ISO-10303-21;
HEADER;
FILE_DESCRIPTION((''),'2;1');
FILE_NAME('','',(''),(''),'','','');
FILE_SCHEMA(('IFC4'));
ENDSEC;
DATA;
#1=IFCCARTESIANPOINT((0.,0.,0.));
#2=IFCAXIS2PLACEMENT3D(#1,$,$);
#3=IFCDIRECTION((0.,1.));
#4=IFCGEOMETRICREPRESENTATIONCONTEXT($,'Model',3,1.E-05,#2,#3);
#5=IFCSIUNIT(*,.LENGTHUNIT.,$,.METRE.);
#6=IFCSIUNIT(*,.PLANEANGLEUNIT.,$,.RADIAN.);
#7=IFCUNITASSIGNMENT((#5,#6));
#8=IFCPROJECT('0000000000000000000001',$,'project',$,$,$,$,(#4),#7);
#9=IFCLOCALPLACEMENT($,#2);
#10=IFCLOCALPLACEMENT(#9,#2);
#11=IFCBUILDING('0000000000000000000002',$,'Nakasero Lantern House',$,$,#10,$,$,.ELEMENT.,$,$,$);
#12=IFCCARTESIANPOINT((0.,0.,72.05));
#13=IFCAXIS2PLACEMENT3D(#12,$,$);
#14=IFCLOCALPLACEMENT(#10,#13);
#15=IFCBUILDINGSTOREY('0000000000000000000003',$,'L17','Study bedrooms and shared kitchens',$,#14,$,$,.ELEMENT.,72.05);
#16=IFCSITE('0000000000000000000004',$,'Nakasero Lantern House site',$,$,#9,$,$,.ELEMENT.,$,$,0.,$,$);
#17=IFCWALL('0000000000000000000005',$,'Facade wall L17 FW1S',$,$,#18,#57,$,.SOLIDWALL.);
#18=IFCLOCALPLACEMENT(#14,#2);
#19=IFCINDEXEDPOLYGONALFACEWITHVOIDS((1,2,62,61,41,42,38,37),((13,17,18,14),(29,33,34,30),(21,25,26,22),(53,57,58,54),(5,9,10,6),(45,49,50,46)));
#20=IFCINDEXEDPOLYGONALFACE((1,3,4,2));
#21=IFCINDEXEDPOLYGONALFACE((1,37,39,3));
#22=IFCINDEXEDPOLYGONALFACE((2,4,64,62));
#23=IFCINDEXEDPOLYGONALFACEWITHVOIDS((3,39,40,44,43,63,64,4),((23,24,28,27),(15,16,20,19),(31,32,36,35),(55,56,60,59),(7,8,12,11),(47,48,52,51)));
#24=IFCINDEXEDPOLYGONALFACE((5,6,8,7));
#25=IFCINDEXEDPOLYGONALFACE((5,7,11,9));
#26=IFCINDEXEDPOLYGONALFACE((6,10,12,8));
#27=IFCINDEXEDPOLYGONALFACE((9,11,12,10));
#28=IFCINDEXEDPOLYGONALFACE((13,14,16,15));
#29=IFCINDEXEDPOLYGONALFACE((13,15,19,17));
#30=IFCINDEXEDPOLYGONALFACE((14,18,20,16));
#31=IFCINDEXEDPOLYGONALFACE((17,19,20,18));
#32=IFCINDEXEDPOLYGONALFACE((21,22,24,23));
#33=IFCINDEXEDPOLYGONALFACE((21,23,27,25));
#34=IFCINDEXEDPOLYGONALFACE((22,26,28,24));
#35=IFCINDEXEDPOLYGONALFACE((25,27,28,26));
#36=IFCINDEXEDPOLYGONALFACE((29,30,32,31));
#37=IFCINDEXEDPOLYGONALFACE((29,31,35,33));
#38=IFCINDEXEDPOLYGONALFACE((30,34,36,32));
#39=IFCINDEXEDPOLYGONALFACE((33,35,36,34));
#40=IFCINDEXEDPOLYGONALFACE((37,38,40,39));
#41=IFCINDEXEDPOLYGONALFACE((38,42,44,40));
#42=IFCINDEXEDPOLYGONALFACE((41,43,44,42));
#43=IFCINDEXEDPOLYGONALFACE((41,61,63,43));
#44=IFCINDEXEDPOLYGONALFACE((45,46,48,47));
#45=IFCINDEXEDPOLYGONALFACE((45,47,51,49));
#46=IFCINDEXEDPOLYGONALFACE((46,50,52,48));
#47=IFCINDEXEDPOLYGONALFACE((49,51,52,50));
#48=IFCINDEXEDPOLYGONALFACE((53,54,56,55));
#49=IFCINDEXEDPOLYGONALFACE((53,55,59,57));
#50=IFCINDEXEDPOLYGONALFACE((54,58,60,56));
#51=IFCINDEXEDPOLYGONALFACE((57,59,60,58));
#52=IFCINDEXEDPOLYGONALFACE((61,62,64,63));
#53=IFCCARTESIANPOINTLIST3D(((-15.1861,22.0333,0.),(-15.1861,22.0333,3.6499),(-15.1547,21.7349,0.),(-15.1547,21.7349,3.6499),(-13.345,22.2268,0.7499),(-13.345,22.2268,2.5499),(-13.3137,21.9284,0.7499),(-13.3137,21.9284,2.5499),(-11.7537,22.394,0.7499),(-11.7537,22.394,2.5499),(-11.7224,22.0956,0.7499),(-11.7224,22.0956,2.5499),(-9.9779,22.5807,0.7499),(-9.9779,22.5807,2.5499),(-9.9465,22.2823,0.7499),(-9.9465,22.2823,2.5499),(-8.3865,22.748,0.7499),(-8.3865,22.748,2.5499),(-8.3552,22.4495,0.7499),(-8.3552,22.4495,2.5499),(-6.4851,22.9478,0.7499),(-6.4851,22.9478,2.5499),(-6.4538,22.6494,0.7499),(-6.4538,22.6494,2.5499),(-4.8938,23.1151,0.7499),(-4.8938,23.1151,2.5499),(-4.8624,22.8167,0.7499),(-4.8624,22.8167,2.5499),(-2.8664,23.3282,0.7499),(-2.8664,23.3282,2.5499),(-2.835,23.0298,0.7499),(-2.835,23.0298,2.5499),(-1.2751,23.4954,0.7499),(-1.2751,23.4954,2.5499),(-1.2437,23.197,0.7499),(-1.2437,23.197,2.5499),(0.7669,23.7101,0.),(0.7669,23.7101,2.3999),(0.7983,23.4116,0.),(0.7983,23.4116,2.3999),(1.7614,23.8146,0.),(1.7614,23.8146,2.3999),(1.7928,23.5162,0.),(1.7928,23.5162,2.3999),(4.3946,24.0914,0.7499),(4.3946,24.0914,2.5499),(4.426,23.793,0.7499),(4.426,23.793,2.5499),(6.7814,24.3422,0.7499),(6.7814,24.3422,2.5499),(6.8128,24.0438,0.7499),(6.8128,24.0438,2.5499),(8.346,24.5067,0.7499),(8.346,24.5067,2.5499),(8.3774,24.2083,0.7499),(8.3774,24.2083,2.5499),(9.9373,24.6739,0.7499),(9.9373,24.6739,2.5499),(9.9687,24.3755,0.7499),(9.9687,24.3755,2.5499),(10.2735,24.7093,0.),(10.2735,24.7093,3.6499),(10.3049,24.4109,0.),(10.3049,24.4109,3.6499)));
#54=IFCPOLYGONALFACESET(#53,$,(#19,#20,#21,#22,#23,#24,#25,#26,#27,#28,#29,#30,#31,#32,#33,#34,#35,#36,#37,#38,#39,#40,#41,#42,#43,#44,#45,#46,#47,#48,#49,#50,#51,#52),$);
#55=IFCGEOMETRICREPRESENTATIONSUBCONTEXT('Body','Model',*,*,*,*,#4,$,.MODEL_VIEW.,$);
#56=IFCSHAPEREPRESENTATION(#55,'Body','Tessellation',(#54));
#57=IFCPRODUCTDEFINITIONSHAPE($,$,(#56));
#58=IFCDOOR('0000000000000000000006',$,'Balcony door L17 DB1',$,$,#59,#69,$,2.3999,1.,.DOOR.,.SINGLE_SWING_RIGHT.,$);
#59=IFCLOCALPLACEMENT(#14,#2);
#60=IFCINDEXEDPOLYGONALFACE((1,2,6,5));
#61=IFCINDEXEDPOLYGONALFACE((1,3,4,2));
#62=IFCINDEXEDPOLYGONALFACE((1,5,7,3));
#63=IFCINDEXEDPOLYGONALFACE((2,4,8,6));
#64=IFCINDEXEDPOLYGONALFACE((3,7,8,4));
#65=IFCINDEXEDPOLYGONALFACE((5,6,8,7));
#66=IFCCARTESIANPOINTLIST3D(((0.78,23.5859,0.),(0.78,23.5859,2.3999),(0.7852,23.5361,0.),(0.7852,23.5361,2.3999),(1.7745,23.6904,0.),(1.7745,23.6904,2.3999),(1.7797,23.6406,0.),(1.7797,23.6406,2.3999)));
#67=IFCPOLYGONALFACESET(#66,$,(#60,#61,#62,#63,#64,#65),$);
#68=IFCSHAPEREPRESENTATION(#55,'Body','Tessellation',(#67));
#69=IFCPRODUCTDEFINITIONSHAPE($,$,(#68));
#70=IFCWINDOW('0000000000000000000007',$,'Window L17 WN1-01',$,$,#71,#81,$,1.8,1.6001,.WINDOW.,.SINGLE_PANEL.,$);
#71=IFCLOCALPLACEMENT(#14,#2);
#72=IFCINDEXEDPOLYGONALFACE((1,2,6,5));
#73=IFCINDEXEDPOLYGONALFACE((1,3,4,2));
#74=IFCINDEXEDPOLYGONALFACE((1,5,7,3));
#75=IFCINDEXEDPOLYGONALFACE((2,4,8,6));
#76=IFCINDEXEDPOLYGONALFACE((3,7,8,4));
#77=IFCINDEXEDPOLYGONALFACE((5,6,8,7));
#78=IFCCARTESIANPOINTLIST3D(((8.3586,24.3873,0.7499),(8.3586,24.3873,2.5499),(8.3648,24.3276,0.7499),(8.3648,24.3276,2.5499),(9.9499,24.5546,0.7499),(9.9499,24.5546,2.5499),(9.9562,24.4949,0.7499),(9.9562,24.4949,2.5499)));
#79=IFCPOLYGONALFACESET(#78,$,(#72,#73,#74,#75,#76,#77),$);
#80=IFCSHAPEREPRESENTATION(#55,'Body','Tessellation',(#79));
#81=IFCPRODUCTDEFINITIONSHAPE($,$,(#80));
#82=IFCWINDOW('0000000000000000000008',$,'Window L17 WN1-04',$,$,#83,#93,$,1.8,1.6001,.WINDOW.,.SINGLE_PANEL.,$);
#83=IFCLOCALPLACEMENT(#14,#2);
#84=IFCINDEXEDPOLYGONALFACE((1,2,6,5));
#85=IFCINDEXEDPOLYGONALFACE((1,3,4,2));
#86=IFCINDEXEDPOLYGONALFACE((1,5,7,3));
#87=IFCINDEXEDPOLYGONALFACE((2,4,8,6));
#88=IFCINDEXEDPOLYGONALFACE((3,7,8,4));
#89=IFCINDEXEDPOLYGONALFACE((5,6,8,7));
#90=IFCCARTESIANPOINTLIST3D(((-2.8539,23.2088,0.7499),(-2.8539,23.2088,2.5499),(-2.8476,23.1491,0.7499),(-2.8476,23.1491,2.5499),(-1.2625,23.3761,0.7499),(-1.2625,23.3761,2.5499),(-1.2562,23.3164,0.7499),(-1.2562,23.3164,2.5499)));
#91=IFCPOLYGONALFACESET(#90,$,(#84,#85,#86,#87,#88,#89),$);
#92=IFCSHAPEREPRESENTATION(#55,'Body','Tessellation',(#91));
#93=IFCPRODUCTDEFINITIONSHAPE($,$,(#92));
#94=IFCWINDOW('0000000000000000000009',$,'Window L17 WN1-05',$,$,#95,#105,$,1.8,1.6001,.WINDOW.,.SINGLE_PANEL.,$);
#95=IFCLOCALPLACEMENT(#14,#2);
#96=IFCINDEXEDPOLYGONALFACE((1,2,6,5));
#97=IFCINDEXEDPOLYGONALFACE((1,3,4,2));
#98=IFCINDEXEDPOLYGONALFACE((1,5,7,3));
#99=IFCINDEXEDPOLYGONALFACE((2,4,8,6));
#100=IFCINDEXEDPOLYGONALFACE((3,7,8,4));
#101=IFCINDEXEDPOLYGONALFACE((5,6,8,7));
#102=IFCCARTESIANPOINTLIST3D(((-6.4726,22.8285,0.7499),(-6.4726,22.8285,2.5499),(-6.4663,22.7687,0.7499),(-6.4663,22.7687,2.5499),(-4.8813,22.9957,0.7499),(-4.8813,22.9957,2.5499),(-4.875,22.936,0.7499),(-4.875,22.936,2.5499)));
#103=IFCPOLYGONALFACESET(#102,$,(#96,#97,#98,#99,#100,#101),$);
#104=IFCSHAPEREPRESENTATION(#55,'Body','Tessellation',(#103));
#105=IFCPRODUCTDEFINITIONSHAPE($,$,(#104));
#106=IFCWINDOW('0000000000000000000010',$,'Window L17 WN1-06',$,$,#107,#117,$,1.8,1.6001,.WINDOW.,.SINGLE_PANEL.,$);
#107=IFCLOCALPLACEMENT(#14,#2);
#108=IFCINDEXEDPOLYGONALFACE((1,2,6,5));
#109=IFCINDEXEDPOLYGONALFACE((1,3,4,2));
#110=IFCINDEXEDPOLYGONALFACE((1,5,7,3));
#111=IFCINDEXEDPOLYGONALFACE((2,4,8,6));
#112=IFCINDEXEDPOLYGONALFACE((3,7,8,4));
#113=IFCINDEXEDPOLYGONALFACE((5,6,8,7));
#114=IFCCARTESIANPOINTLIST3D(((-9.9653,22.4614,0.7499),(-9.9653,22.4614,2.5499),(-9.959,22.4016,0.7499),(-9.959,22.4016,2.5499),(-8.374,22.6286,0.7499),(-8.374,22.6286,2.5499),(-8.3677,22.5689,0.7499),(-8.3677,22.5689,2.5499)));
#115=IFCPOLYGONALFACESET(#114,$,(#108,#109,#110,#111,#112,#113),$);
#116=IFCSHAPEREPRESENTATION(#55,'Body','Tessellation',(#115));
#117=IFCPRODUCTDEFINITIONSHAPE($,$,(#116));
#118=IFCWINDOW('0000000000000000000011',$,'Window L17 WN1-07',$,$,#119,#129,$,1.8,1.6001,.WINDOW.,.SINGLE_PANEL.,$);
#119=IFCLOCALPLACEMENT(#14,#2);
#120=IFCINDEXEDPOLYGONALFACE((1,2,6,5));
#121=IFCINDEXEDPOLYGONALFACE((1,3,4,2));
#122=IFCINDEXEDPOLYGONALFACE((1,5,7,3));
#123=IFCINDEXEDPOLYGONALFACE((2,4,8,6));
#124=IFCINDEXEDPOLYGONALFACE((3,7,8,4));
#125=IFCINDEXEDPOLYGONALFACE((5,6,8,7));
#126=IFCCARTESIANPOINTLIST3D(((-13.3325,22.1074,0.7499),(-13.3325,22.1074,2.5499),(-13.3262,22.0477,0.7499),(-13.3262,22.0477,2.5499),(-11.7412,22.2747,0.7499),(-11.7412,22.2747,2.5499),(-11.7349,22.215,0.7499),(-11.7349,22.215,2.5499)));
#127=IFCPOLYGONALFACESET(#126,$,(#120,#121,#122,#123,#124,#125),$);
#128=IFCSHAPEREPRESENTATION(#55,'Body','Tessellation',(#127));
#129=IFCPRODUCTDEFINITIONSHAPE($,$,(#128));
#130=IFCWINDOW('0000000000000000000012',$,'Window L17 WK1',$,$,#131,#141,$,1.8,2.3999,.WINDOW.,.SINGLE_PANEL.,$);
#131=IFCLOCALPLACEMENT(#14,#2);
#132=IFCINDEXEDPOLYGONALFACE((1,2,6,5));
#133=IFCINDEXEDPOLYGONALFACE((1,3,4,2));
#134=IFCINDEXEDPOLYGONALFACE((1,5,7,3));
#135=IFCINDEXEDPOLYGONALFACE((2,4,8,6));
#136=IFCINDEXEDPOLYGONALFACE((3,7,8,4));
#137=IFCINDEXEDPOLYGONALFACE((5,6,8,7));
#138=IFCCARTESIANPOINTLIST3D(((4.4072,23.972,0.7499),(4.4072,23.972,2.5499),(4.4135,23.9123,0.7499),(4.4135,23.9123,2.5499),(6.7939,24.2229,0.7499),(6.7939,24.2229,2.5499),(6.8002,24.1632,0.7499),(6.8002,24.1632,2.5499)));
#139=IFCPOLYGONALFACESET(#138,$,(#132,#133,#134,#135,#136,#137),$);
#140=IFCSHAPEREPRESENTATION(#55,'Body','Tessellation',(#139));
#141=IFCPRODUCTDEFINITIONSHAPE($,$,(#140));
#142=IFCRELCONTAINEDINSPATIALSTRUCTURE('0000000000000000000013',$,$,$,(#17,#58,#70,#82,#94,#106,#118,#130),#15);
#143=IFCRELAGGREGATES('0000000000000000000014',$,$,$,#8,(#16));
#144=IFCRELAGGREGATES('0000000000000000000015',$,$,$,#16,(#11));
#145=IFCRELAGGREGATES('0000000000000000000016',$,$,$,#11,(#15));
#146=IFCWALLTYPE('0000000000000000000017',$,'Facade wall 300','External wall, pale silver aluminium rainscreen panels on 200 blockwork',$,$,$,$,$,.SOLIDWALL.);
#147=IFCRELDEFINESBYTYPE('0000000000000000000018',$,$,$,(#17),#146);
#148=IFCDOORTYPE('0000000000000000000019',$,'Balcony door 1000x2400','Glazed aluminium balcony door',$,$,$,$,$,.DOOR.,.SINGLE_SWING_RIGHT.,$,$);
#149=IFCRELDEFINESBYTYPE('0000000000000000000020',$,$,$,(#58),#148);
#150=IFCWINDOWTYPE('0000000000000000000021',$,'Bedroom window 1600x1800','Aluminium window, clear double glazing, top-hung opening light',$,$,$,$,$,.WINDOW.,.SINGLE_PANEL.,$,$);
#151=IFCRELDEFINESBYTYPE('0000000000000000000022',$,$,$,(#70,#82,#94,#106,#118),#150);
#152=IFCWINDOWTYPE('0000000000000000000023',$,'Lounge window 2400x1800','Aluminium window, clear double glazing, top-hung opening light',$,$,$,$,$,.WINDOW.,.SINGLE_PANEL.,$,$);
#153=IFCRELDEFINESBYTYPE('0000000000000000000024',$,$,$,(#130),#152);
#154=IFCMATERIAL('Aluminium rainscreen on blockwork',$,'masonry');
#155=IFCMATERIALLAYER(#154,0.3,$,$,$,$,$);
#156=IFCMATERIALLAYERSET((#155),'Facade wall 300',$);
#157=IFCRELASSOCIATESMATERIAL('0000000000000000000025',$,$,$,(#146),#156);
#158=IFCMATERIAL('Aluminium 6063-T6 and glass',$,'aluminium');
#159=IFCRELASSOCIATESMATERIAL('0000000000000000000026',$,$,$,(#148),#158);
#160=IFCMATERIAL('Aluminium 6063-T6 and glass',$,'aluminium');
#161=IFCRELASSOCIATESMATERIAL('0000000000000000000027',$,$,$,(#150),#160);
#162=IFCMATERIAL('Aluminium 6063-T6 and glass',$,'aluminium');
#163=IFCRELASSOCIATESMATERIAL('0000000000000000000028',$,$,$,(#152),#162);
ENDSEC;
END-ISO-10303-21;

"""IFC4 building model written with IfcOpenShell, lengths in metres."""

from ifc_helpers import new_model, si_unit, direction, frame, frame_2d, origin, place, context, subcontext, project, spatial, rectangle, extrude, material, layer, layer_set, type_object, element, fill, save


model = new_model("IFC4")

# Units and contexts
model_context = context("Model", 3, precision=1e-05, world=origin(), true_north=direction((0.0, 1.0)))
body_context = subcontext(model_context, "Body", "Model", "MODEL_VIEW")
ifc_project = project(units=[si_unit("LENGTHUNIT", "METRE"), si_unit("PLANEANGLEUNIT", "RADIAN")], contexts=[model_context])

# Site, building, storey
site_placement = place(None, origin())
site = spatial("IfcSite", under=ifc_project, at=site_placement, Name="Nakasero Lantern House site", CompositionType="ELEMENT", RefElevation=0.0)
building_placement = place(site_placement, origin())
building = spatial("IfcBuilding", under=site, at=building_placement, Name="Nakasero Lantern House", CompositionType="ELEMENT")
storey_placement = place(building_placement, frame((0.0, 0.0, 72.05)))
storey = spatial("IfcBuildingStorey", under=building, at=storey_placement, Name="L17", Description="Study bedrooms and shared kitchens", CompositionType="ELEMENT", Elevation=72.05)

# Wall, openings, door, windows
ifc_material_1 = material(Name="Aluminium rainscreen on blockwork", Category="masonry")
ifc_layer_1 = layer(ifc_material_1, 0.3)
ifc_layer_set_1 = layer_set([ifc_layer_1], Name="Facade wall 300")
wall_type_1 = type_object("IfcWallType", Name="Facade wall 300", Description="External wall, pale silver aluminium rainscreen panels on 200 blockwork", PredefinedType="SOLIDWALL", material=ifc_layer_set_1)
wall_1_placement = place(storey_placement, frame((10.2891, 24.5601, 0.0), z_axis=(0.0, 0.0, 1.0), x_axis=(-0.994521, -0.104532, 0.0)))
wall_1 = element("IfcWall", 1, at=wall_1_placement, inside=storey, type_object=wall_type_1, Name="Facade wall L17 FW1S", PredefinedType="SOLIDWALL", context=body_context, shape_type="SweptSolid", body=[
    extrude(rectangle(XDim=25.5999, YDim=0.3, at=frame_2d((12.7998, 0.0))), origin(), (0.0, 0.0, 1.0), 3.6499),
])
opening_1_placement = place(wall_1_placement, frame((0.3379, 0.0, 0.75)))
opening_1 = element("IfcOpeningElement", 2, at=opening_1_placement, cuts=wall_1, PredefinedType="OPENING", context=body_context, shape_type="SweptSolid", body=[
    extrude(rectangle(XDim=1.6001, YDim=1.8, at=frame_2d((0.8, 0.8999))), frame((0.0, 0.1699, 0.0), z_axis=(0.0, -1.0, 0.0), x_axis=(1.0, 0.0, 0.0)), (0.0, 0.0, 1.0), 0.3401),
])
opening_2_placement = place(wall_1_placement, frame((11.6121, 0.0, 0.75)))
opening_2 = element("IfcOpeningElement", 3, at=opening_2_placement, cuts=wall_1, PredefinedType="OPENING", context=body_context, shape_type="SweptSolid", body=[
    extrude(rectangle(XDim=1.6001, YDim=1.8, at=frame_2d((0.8, 0.8999))), frame((0.0, 0.1699, 0.0), z_axis=(0.0, -1.0, 0.0), x_axis=(1.0, 0.0, 0.0)), (0.0, 0.0, 1.0), 0.3401),
])
opening_3_placement = place(wall_1_placement, frame((15.2507, 0.0, 0.75)))
opening_3 = element("IfcOpeningElement", 4, at=opening_3_placement, cuts=wall_1, PredefinedType="OPENING", context=body_context, shape_type="SweptSolid", body=[
    extrude(rectangle(XDim=1.6001, YDim=1.8, at=frame_2d((0.8, 0.8999))), frame((0.0, 0.1699, 0.0), z_axis=(0.0, -1.0, 0.0), x_axis=(1.0, 0.0, 0.0)), (0.0, 0.0, 1.0), 0.3401),
])
opening_4_placement = place(wall_1_placement, frame((18.7627, 0.0, 0.75)))
opening_4 = element("IfcOpeningElement", 5, at=opening_4_placement, cuts=wall_1, PredefinedType="OPENING", context=body_context, shape_type="SweptSolid", body=[
    extrude(rectangle(XDim=1.6001, YDim=1.8, at=frame_2d((0.8, 0.8999))), frame((0.0, 0.1699, 0.0), z_axis=(0.0, -1.0, 0.0), x_axis=(1.0, 0.0, 0.0)), (0.0, 0.0, 1.0), 0.3401),
])
opening_5_placement = place(wall_1_placement, frame((22.1484, 0.0, 0.75)))
opening_5 = element("IfcOpeningElement", 6, at=opening_5_placement, cuts=wall_1, PredefinedType="OPENING", context=body_context, shape_type="SweptSolid", body=[
    extrude(rectangle(XDim=1.6001, YDim=1.8, at=frame_2d((0.8, 0.8999))), frame((0.0, 0.1699, 0.0), z_axis=(0.0, -1.0, 0.0), x_axis=(1.0, 0.0, 0.0)), (0.0, 0.0, 1.0), 0.3401),
])
opening_6_placement = place(wall_1_placement, frame((3.5112, 0.0, 0.75)))
opening_6 = element("IfcOpeningElement", 7, at=opening_6_placement, cuts=wall_1, PredefinedType="OPENING", context=body_context, shape_type="SweptSolid", body=[
    extrude(rectangle(XDim=2.3999, YDim=1.8, at=frame_2d((1.2, 0.8999))), frame((0.0, 0.1699, 0.0), z_axis=(0.0, -1.0, 0.0), x_axis=(1.0, 0.0, 0.0)), (0.0, 0.0, 1.0), 0.3401),
])
opening_7_placement = place(wall_1_placement, frame((8.5588, 0.0, 0.0)))
opening_7 = element("IfcOpeningElement", 8, at=opening_7_placement, cuts=wall_1, PredefinedType="OPENING", context=body_context, shape_type="SweptSolid", body=[
    extrude(rectangle(XDim=1.0, YDim=2.3999, at=frame_2d((0.5, 1.2))), frame((0.0, 0.1699, 0.0), z_axis=(0.0, -1.0, 0.0), x_axis=(1.0, 0.0, 0.0)), (0.0, 0.0, 1.0), 0.3401),
])
ifc_material_2 = material(Name="Aluminium 6063-T6 and glass", Category="aluminium")
door_type = type_object("IfcDoorType", Name="Balcony door 1000x2400", Description="Glazed aluminium balcony door", OperationType="SINGLE_SWING_RIGHT", PredefinedType="DOOR", material=ifc_material_2)
door_placement = place(opening_7_placement, origin())
door = element("IfcDoor", 9, at=door_placement, inside=storey, type_object=door_type, Name="Balcony door L17 DB1", OperationType="SINGLE_SWING_RIGHT", OverallHeight=2.3999, OverallWidth=1.0, PredefinedType="DOOR", context=body_context, shape_type="SweptSolid", body=[
    extrude(rectangle(XDim=1.0, YDim=2.3999, at=frame_2d((0.5, 1.2))), frame((0.0, 0.0249, 0.0), z_axis=(0.0, -1.0, 0.0), x_axis=(1.0, 0.0, 0.0)), (0.0, 0.0, 1.0), 0.05),
])
fill(opening_7, door)
ifc_material_3 = material(Name="Aluminium 6063-T6 and glass", Category="aluminium")
window_type_1 = type_object("IfcWindowType", Name="Bedroom window 1600x1800", Description="Aluminium window, clear double glazing, top-hung opening light", PartitioningType="SINGLE_PANEL", PredefinedType="WINDOW", material=ifc_material_3)
window_1_placement = place(opening_1_placement, origin())
window_1 = element("IfcWindow", 10, at=window_1_placement, inside=storey, type_object=window_type_1, Name="Window L17 WN1-01", OverallHeight=1.8, OverallWidth=1.6001, PartitioningType="SINGLE_PANEL", PredefinedType="WINDOW", context=body_context, shape_type="SweptSolid", body=[
    extrude(rectangle(XDim=1.6001, YDim=1.8, at=frame_2d((0.8, 0.8999))), frame((0.0, 0.03, 0.0), z_axis=(0.0, -1.0, 0.0), x_axis=(1.0, 0.0, 0.0)), (0.0, 0.0, 1.0), 0.0601),
])
fill(opening_1, window_1)
window_2_placement = place(opening_2_placement, origin())
window_2 = element("IfcWindow", 11, at=window_2_placement, inside=storey, type_object=window_type_1, Name="Window L17 WN1-04", OverallHeight=1.8, OverallWidth=1.6001, PartitioningType="SINGLE_PANEL", PredefinedType="WINDOW", context=body_context, shape_type="SweptSolid", body=[
    extrude(rectangle(XDim=1.6001, YDim=1.8, at=frame_2d((0.8, 0.8999))), frame((0.0, 0.03, 0.0), z_axis=(0.0, -1.0, 0.0), x_axis=(1.0, 0.0, 0.0)), (0.0, 0.0, 1.0), 0.0601),
])
fill(opening_2, window_2)
window_3_placement = place(opening_3_placement, origin())
window_3 = element("IfcWindow", 12, at=window_3_placement, inside=storey, type_object=window_type_1, Name="Window L17 WN1-05", OverallHeight=1.8, OverallWidth=1.6001, PartitioningType="SINGLE_PANEL", PredefinedType="WINDOW", context=body_context, shape_type="SweptSolid", body=[
    extrude(rectangle(XDim=1.6001, YDim=1.8, at=frame_2d((0.8, 0.8999))), frame((0.0, 0.03, 0.0), z_axis=(0.0, -1.0, 0.0), x_axis=(1.0, 0.0, 0.0)), (0.0, 0.0, 1.0), 0.0601),
])
fill(opening_3, window_3)
window_4_placement = place(opening_4_placement, origin())
window_4 = element("IfcWindow", 13, at=window_4_placement, inside=storey, type_object=window_type_1, Name="Window L17 WN1-06", OverallHeight=1.8, OverallWidth=1.6001, PartitioningType="SINGLE_PANEL", PredefinedType="WINDOW", context=body_context, shape_type="SweptSolid", body=[
    extrude(rectangle(XDim=1.6001, YDim=1.8, at=frame_2d((0.8, 0.8999))), frame((0.0, 0.03, 0.0), z_axis=(0.0, -1.0, 0.0), x_axis=(1.0, 0.0, 0.0)), (0.0, 0.0, 1.0), 0.0601),
])
fill(opening_4, window_4)
window_5_placement = place(opening_5_placement, origin())
window_5 = element("IfcWindow", 14, at=window_5_placement, inside=storey, type_object=window_type_1, Name="Window L17 WN1-07", OverallHeight=1.8, OverallWidth=1.6001, PartitioningType="SINGLE_PANEL", PredefinedType="WINDOW", context=body_context, shape_type="SweptSolid", body=[
    extrude(rectangle(XDim=1.6001, YDim=1.8, at=frame_2d((0.8, 0.8999))), frame((0.0, 0.03, 0.0), z_axis=(0.0, -1.0, 0.0), x_axis=(1.0, 0.0, 0.0)), (0.0, 0.0, 1.0), 0.0601),
])
fill(opening_5, window_5)
ifc_material_4 = material(Name="Aluminium 6063-T6 and glass", Category="aluminium")
window_type_2 = type_object("IfcWindowType", Name="Lounge window 2400x1800", Description="Aluminium window, clear double glazing, top-hung opening light", PartitioningType="SINGLE_PANEL", PredefinedType="WINDOW", material=ifc_material_4)
window_6_placement = place(opening_6_placement, origin())
window_6 = element("IfcWindow", 15, at=window_6_placement, inside=storey, type_object=window_type_2, Name="Window L17 WK1", OverallHeight=1.8, OverallWidth=2.3999, PartitioningType="SINGLE_PANEL", PredefinedType="WINDOW", context=body_context, shape_type="SweptSolid", body=[
    extrude(rectangle(XDim=2.3999, YDim=1.8, at=frame_2d((1.2, 0.8999))), frame((0.0, 0.03, 0.0), z_axis=(0.0, -1.0, 0.0), x_axis=(1.0, 0.0, 0.0)), (0.0, 0.0, 1.0), 0.0601),
])
fill(opening_6, window_6)

save(model, "model.ifc")
